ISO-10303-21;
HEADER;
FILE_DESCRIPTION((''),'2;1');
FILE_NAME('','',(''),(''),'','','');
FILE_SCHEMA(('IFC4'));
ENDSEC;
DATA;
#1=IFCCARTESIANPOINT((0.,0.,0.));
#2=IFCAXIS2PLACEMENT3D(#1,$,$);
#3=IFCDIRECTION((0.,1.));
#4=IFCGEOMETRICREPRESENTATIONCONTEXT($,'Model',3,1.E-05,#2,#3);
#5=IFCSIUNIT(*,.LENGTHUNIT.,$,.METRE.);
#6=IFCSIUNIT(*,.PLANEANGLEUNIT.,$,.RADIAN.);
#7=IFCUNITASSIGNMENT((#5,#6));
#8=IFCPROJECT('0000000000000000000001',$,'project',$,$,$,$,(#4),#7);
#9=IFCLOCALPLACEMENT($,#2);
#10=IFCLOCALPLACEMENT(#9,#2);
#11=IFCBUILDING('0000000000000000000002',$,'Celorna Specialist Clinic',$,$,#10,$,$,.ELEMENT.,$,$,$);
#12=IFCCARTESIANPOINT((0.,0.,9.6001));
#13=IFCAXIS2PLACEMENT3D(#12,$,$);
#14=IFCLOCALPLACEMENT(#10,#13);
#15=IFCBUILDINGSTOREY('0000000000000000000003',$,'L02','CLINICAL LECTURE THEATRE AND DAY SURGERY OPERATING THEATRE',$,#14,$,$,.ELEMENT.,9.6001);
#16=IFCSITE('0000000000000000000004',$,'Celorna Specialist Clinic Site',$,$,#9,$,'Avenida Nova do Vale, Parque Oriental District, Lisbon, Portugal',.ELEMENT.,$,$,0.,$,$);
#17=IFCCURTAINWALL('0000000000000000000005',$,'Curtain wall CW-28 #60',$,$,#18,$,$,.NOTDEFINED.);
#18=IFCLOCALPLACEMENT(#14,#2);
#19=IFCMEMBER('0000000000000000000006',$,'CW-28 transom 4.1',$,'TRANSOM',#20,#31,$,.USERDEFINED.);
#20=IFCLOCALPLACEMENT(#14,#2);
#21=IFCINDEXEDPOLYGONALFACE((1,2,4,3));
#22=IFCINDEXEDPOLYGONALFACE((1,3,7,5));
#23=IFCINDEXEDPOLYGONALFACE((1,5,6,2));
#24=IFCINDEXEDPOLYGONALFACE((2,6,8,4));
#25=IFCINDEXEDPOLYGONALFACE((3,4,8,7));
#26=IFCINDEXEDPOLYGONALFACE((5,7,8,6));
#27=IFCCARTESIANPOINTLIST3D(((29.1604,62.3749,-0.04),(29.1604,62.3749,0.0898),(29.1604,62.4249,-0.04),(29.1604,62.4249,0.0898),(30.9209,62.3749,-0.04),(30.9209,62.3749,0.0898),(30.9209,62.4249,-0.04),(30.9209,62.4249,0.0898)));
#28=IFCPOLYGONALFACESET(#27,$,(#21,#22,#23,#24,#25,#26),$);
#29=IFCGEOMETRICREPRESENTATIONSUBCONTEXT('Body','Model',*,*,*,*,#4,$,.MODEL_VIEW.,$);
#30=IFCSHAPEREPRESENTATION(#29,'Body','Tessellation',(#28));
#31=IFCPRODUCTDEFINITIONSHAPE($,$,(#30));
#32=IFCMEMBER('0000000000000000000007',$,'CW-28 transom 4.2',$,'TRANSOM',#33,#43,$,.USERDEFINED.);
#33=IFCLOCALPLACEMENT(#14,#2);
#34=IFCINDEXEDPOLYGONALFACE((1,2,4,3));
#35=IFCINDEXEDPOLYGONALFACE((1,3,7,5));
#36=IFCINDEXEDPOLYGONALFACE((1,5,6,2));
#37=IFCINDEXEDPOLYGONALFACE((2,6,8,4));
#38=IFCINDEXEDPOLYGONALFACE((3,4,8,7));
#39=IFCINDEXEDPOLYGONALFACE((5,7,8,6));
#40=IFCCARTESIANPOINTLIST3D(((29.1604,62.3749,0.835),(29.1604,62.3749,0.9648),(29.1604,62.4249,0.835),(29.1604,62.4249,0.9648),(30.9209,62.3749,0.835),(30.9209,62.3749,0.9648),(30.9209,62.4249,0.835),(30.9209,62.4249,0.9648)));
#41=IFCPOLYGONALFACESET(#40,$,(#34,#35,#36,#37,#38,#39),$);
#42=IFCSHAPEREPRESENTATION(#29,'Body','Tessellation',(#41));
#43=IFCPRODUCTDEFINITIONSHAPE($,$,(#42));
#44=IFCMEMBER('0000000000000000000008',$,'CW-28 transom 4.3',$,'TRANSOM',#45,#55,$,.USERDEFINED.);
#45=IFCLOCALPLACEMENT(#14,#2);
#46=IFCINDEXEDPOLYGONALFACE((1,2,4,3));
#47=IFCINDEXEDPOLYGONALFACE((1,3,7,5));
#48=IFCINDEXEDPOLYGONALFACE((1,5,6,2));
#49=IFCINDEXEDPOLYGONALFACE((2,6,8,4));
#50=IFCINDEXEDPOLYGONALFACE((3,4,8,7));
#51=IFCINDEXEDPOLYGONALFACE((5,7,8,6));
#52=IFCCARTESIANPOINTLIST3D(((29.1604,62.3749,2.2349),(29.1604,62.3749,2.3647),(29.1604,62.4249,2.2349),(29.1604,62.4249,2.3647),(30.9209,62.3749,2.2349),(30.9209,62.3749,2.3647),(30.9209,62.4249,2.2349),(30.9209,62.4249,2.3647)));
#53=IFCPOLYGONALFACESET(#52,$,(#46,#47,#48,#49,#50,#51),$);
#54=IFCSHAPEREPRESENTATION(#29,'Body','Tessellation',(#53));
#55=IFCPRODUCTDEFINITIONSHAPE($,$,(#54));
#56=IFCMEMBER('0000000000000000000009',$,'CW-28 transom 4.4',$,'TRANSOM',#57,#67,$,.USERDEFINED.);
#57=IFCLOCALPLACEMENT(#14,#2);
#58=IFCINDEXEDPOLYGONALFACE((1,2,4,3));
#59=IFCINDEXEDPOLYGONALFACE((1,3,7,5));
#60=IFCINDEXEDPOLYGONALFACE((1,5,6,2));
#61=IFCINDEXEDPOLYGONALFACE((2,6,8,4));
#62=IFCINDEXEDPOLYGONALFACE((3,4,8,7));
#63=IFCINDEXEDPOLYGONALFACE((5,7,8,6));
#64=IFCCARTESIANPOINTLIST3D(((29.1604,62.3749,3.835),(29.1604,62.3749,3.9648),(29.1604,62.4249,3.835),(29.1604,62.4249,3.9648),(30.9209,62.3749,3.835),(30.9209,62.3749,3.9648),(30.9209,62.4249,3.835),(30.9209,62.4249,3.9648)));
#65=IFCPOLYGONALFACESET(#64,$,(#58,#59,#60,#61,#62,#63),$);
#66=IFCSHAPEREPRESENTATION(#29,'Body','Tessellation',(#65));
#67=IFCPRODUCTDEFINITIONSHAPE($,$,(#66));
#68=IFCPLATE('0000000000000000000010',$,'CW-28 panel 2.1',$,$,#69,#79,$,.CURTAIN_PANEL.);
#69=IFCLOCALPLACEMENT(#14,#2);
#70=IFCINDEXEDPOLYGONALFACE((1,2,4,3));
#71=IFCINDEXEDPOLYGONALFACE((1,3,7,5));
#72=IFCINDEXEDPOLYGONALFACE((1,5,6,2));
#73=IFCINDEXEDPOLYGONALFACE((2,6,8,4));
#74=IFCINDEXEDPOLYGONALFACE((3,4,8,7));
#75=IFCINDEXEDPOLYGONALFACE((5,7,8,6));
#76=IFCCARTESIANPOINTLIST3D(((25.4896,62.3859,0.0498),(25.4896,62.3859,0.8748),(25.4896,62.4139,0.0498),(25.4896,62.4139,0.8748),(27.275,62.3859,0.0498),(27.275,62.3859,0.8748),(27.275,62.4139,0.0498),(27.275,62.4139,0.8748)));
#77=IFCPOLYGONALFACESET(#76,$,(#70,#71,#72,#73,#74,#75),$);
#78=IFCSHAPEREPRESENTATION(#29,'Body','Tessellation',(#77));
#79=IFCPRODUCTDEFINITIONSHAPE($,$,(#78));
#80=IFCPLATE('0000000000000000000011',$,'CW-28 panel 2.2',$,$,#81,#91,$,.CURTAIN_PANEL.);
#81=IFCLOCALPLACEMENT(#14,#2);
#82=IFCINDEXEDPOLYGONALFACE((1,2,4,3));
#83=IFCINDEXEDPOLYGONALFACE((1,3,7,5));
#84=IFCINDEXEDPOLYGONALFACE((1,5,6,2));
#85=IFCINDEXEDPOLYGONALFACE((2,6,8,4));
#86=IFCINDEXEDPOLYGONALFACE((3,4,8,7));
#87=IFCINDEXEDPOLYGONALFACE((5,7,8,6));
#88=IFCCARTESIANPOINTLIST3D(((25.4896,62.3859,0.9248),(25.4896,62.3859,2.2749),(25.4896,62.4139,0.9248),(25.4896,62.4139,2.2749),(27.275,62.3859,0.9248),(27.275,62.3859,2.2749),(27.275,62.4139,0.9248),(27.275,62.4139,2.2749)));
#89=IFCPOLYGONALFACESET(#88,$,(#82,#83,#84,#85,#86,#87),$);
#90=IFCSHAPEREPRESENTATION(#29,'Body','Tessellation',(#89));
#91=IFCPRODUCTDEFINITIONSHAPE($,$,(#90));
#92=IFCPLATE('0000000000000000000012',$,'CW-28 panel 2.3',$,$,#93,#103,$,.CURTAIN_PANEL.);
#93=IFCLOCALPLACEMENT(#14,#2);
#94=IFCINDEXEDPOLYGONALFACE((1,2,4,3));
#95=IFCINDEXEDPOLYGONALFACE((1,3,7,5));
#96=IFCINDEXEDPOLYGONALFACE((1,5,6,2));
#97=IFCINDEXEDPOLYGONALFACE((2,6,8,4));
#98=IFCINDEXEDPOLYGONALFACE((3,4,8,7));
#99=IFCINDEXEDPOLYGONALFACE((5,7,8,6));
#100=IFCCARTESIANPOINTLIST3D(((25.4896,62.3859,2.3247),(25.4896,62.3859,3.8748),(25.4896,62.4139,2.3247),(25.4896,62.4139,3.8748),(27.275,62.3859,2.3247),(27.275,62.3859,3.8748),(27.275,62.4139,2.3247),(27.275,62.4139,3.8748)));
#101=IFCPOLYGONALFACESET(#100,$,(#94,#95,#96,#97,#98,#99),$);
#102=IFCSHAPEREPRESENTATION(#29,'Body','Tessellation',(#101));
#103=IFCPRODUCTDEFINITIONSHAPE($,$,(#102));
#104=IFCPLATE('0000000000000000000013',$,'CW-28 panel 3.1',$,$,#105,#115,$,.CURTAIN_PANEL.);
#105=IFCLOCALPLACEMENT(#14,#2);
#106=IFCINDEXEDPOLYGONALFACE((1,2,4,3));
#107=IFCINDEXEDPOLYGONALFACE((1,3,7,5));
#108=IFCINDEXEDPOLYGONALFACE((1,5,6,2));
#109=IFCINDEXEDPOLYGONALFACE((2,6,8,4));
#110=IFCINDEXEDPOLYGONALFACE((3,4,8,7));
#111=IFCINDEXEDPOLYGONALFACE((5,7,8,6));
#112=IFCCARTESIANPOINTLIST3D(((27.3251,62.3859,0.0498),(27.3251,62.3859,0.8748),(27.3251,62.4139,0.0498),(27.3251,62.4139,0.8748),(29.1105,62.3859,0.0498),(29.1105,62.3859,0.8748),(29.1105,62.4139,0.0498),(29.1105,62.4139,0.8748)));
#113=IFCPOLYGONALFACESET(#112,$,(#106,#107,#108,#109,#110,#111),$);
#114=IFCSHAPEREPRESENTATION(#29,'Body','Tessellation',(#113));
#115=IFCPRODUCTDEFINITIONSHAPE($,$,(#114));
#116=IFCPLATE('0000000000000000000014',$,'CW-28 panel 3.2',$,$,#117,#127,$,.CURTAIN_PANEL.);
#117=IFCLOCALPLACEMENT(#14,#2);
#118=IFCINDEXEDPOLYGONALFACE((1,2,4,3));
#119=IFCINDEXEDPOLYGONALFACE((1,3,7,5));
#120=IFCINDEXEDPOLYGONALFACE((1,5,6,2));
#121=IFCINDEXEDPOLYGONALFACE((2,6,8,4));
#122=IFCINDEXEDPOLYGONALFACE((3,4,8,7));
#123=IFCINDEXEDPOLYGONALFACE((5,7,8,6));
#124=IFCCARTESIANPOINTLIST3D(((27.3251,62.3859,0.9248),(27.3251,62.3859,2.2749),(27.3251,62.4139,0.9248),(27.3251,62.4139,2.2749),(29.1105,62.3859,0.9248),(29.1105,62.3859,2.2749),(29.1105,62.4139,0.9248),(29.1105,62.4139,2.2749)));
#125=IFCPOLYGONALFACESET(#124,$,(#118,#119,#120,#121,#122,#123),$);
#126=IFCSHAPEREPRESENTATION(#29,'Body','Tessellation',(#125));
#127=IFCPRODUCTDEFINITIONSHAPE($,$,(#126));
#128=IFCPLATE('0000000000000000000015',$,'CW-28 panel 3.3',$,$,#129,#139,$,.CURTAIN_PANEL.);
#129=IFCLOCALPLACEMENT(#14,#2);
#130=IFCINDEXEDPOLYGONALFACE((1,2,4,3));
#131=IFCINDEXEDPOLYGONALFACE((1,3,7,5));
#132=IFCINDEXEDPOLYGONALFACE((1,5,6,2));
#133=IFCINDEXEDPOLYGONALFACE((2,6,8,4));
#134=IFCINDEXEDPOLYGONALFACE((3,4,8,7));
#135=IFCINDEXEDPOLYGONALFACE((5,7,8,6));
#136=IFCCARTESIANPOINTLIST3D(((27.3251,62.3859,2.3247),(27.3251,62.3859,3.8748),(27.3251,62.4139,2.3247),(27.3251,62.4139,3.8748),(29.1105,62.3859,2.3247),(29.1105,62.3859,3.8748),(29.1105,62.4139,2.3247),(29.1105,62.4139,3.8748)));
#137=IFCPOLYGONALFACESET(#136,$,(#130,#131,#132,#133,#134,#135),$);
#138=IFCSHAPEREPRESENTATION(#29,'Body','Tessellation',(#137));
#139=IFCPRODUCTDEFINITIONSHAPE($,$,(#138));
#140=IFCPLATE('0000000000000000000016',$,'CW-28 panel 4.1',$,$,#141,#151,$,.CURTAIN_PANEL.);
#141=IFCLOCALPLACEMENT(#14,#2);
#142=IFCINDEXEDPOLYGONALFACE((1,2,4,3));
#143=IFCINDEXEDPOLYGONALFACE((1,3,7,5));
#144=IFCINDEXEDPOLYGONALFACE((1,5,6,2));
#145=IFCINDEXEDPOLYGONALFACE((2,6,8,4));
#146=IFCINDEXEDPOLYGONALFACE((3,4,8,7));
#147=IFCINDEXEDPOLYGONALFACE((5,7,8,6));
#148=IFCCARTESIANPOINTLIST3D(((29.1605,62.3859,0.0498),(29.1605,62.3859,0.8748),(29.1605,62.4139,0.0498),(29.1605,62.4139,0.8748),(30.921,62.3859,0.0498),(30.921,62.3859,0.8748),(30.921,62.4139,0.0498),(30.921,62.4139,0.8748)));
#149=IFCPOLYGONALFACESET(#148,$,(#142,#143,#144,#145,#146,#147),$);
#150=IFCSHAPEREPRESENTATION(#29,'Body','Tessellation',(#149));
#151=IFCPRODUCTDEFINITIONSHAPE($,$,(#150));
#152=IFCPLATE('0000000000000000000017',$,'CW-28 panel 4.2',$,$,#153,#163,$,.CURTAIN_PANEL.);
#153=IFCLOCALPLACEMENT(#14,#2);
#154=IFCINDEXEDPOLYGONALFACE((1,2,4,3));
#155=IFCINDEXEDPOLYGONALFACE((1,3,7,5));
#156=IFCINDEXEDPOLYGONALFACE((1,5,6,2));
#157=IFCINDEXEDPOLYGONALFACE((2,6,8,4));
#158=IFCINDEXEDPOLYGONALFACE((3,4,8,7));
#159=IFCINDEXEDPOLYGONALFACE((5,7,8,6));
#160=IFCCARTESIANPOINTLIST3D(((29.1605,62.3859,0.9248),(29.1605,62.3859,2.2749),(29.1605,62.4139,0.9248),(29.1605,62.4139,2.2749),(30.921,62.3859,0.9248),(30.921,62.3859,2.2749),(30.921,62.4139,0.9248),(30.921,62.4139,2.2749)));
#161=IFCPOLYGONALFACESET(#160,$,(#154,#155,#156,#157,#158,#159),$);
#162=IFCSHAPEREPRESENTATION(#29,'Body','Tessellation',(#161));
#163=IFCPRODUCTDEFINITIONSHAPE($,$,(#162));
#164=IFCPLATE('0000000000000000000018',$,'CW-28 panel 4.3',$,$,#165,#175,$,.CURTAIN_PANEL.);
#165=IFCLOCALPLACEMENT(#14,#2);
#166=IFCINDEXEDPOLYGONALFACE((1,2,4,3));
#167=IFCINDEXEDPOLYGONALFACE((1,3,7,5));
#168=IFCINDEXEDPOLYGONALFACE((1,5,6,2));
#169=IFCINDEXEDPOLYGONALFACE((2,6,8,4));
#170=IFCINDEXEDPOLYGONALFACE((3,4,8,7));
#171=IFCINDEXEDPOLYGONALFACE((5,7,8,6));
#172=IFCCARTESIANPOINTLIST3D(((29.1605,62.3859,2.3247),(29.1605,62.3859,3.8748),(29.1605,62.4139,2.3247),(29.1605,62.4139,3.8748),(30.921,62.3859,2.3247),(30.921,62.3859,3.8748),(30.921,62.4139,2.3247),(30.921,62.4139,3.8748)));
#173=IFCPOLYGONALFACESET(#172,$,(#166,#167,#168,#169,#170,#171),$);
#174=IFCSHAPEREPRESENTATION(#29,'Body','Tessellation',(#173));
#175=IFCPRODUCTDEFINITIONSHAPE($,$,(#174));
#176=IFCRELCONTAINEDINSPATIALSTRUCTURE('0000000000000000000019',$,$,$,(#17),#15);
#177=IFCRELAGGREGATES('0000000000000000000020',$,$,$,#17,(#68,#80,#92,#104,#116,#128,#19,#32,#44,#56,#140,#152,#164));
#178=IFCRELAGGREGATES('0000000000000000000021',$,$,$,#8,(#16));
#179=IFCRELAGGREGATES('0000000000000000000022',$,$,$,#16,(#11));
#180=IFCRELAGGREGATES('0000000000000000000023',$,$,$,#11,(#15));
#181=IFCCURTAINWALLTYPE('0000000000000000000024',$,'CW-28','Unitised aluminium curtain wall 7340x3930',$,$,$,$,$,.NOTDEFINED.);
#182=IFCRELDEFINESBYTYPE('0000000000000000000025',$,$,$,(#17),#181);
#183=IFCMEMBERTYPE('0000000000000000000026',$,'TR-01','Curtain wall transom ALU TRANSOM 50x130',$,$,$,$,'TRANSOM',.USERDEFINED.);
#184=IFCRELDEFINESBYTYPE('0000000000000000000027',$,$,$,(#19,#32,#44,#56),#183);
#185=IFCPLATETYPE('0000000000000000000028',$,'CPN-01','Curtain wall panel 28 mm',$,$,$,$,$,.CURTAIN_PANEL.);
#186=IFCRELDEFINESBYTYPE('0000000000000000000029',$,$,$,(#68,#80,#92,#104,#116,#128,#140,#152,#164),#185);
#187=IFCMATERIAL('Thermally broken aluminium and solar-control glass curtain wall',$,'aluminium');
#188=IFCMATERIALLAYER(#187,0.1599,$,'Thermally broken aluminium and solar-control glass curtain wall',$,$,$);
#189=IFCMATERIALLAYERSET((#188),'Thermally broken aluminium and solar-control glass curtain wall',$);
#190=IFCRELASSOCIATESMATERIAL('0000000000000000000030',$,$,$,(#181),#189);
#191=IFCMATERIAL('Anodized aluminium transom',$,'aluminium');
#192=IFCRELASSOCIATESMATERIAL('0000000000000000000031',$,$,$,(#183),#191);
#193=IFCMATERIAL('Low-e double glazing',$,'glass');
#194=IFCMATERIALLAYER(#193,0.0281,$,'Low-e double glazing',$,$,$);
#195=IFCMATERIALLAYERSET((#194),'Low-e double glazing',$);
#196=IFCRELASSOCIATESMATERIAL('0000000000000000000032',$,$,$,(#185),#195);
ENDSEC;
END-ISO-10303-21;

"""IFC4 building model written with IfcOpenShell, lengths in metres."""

from ifc_helpers import new_model, si_unit, direction, frame, origin, origin_2d, place, context, subcontext, project, spatial, rectangle, extrude, material, layer, layer_set, material_profile, profile_set, type_object, element, aggregate, save


model = new_model("IFC4")

# Units and contexts
model_context = context("Model", 3, precision=1e-05, world=origin(), true_north=direction((0.0, 1.0)))
body_context = subcontext(model_context, "Body", "Model", "MODEL_VIEW")
ifc_project = project(units=[si_unit("LENGTHUNIT", "METRE"), si_unit("PLANEANGLEUNIT", "RADIAN")], contexts=[model_context])

# Site, building, storey
site_placement = place(None, origin())
site = spatial("IfcSite", under=ifc_project, at=site_placement, Name="Celorna Specialist Clinic Site", LongName="Avenida Nova do Vale, Parque Oriental District, Lisbon, Portugal", CompositionType="ELEMENT", RefElevation=0.0)
building_placement = place(site_placement, origin())
building = spatial("IfcBuilding", under=site, at=building_placement, Name="Celorna Specialist Clinic", CompositionType="ELEMENT")
storey_placement = place(building_placement, frame((0.0, 0.0, 9.6001)))
storey = spatial("IfcBuildingStorey", under=building, at=storey_placement, Name="L02", Description="CLINICAL LECTURE THEATRE AND DAY SURGERY OPERATING THEATRE", CompositionType="ELEMENT", Elevation=9.6001)

# Curtain wall, members, plates
ifc_material_1 = material(Name="Thermally broken aluminium and solar-control glass curtain wall", Category="aluminium")
ifc_layer_1 = layer(ifc_material_1, 0.1599, Name="Thermally broken aluminium and solar-control glass curtain wall")
ifc_layer_set_1 = layer_set([ifc_layer_1], Name="Thermally broken aluminium and solar-control glass curtain wall")
curtain_wall_type = type_object("IfcCurtainWallType", Name="CW-28", Description="Unitised aluminium curtain wall 7340x3930", PredefinedType="NOTDEFINED", material=ifc_layer_set_1)
curtain_wall_placement = place(storey_placement, origin())
curtain_wall = element("IfcCurtainWall", 1, at=curtain_wall_placement, inside=storey, type_object=curtain_wall_type, Name="Curtain wall CW-28 #60", PredefinedType="NOTDEFINED")
ifc_material_2 = material(Name="Anodized aluminium transom", Category="aluminium")
ifc_material_profile_1 = material_profile(ifc_material_2, rectangle(XDim=0.05, YDim=0.1299, at=origin_2d()), Name="ALU TRANSOM 50x130")
ifc_profile_set_1 = profile_set([ifc_material_profile_1], Name="Anodized aluminium transom")
member_type_1 = type_object("IfcMemberType", Name="TR-01", Description="Curtain wall transom ALU TRANSOM 50x130", ElementType="TRANSOM", PredefinedType="USERDEFINED", material=ifc_profile_set_1)
member_1_placement = place(storey_placement, frame((29.1604, 62.3999, 0.0249), z_axis=(1.0, 0.0, 0.0), x_axis=(0.0, 1.0, 0.0)))
member_1 = element("IfcMember", 2, at=member_1_placement, type_object=member_type_1, Name="CW-28 transom 4.1", ObjectType="TRANSOM", PredefinedType="USERDEFINED", context=body_context, shape_type="SweptSolid", body=[
    extrude(rectangle(XDim=0.05, YDim=0.1299, at=origin_2d()), origin(), (0.0, 0.0, 1.0), 1.7605),
])
member_2_placement = place(storey_placement, frame((29.1604, 62.3999, 0.8999), z_axis=(1.0, 0.0, 0.0), x_axis=(0.0, 1.0, 0.0)))
member_2 = element("IfcMember", 3, at=member_2_placement, type_object=member_type_1, Name="CW-28 transom 4.2", ObjectType="TRANSOM", PredefinedType="USERDEFINED", context=body_context, shape_type="SweptSolid", body=[
    extrude(rectangle(XDim=0.05, YDim=0.1299, at=origin_2d()), origin(), (0.0, 0.0, 1.0), 1.7605),
])
member_3_placement = place(storey_placement, frame((29.1604, 62.3999, 2.2998), z_axis=(1.0, 0.0, 0.0), x_axis=(0.0, 1.0, 0.0)))
member_3 = element("IfcMember", 4, at=member_3_placement, type_object=member_type_1, Name="CW-28 transom 4.3", ObjectType="TRANSOM", PredefinedType="USERDEFINED", context=body_context, shape_type="SweptSolid", body=[
    extrude(rectangle(XDim=0.05, YDim=0.1299, at=origin_2d()), origin(), (0.0, 0.0, 1.0), 1.7605),
])
member_4_placement = place(storey_placement, frame((29.1604, 62.3999, 3.8999), z_axis=(1.0, 0.0, 0.0), x_axis=(0.0, 1.0, 0.0)))
member_4 = element("IfcMember", 5, at=member_4_placement, type_object=member_type_1, Name="CW-28 transom 4.4", ObjectType="TRANSOM", PredefinedType="USERDEFINED", context=body_context, shape_type="SweptSolid", body=[
    extrude(rectangle(XDim=0.05, YDim=0.1299, at=origin_2d()), origin(), (0.0, 0.0, 1.0), 1.7605),
])
ifc_material_3 = material(Name="Low-e double glazing", Category="glass")
ifc_layer_2 = layer(ifc_material_3, 0.0281, Name="Low-e double glazing")
ifc_layer_set_2 = layer_set([ifc_layer_2], Name="Low-e double glazing")
plate_type = type_object("IfcPlateType", Name="CPN-01", Description="Curtain wall panel 28 mm", PredefinedType="CURTAIN_PANEL", material=ifc_layer_set_2)
plate_1_placement = place(storey_placement, frame((26.3823, 62.3999, 0.0498), z_axis=(0.0, 0.0, 1.0), x_axis=(1.0, 0.0, 0.0)))
plate_1 = element("IfcPlate", 6, at=plate_1_placement, type_object=plate_type, Name="CW-28 panel 2.1", PredefinedType="CURTAIN_PANEL", context=body_context, shape_type="SweptSolid", body=[
    extrude(rectangle(XDim=1.7854, YDim=0.0281, at=origin_2d()), origin(), (0.0, 0.0, 1.0), 0.825),
])
plate_2_placement = place(storey_placement, frame((26.3823, 62.3999, 0.9248), z_axis=(0.0, 0.0, 1.0), x_axis=(1.0, 0.0, 0.0)))
plate_2 = element("IfcPlate", 7, at=plate_2_placement, type_object=plate_type, Name="CW-28 panel 2.2", PredefinedType="CURTAIN_PANEL", context=body_context, shape_type="SweptSolid", body=[
    extrude(rectangle(XDim=1.7854, YDim=0.0281, at=origin_2d()), origin(), (0.0, 0.0, 1.0), 1.3501),
])
plate_3_placement = place(storey_placement, frame((26.3823, 62.3999, 2.3247), z_axis=(0.0, 0.0, 1.0), x_axis=(1.0, 0.0, 0.0)))
plate_3 = element("IfcPlate", 8, at=plate_3_placement, type_object=plate_type, Name="CW-28 panel 2.3", PredefinedType="CURTAIN_PANEL", context=body_context, shape_type="SweptSolid", body=[
    extrude(rectangle(XDim=1.7854, YDim=0.0281, at=origin_2d()), origin(), (0.0, 0.0, 1.0), 1.55),
])
plate_4_placement = place(storey_placement, frame((28.2178, 62.3999, 0.0498), z_axis=(0.0, 0.0, 1.0), x_axis=(1.0, 0.0, 0.0)))
plate_4 = element("IfcPlate", 9, at=plate_4_placement, type_object=plate_type, Name="CW-28 panel 3.1", PredefinedType="CURTAIN_PANEL", context=body_context, shape_type="SweptSolid", body=[
    extrude(rectangle(XDim=1.7854, YDim=0.0281, at=origin_2d()), origin(), (0.0, 0.0, 1.0), 0.825),
])
plate_5_placement = place(storey_placement, frame((28.2178, 62.3999, 0.9248), z_axis=(0.0, 0.0, 1.0), x_axis=(1.0, 0.0, 0.0)))
plate_5 = element("IfcPlate", 10, at=plate_5_placement, type_object=plate_type, Name="CW-28 panel 3.2", PredefinedType="CURTAIN_PANEL", context=body_context, shape_type="SweptSolid", body=[
    extrude(rectangle(XDim=1.7854, YDim=0.0281, at=origin_2d()), origin(), (0.0, 0.0, 1.0), 1.3501),
])
plate_6_placement = place(storey_placement, frame((28.2178, 62.3999, 2.3247), z_axis=(0.0, 0.0, 1.0), x_axis=(1.0, 0.0, 0.0)))
plate_6 = element("IfcPlate", 11, at=plate_6_placement, type_object=plate_type, Name="CW-28 panel 3.3", PredefinedType="CURTAIN_PANEL", context=body_context, shape_type="SweptSolid", body=[
    extrude(rectangle(XDim=1.7854, YDim=0.0281, at=origin_2d()), origin(), (0.0, 0.0, 1.0), 1.55),
])
plate_7_placement = place(storey_placement, frame((30.0408, 62.3999, 0.0498), z_axis=(0.0, 0.0, 1.0), x_axis=(1.0, 0.0, 0.0)))
plate_7 = element("IfcPlate", 12, at=plate_7_placement, type_object=plate_type, Name="CW-28 panel 4.1", PredefinedType="CURTAIN_PANEL", context=body_context, shape_type="SweptSolid", body=[
    extrude(rectangle(XDim=1.7605, YDim=0.0281, at=origin_2d()), origin(), (0.0, 0.0, 1.0), 0.825),
])
plate_8_placement = place(storey_placement, frame((30.0408, 62.3999, 0.9248), z_axis=(0.0, 0.0, 1.0), x_axis=(1.0, 0.0, 0.0)))
plate_8 = element("IfcPlate", 13, at=plate_8_placement, type_object=plate_type, Name="CW-28 panel 4.2", PredefinedType="CURTAIN_PANEL", context=body_context, shape_type="SweptSolid", body=[
    extrude(rectangle(XDim=1.7605, YDim=0.0281, at=origin_2d()), origin(), (0.0, 0.0, 1.0), 1.3501),
])
plate_9_placement = place(storey_placement, frame((30.0408, 62.3999, 2.3247), z_axis=(0.0, 0.0, 1.0), x_axis=(1.0, 0.0, 0.0)))
plate_9 = element("IfcPlate", 14, at=plate_9_placement, type_object=plate_type, Name="CW-28 panel 4.3", PredefinedType="CURTAIN_PANEL", context=body_context, shape_type="SweptSolid", body=[
    extrude(rectangle(XDim=1.7605, YDim=0.0281, at=origin_2d()), origin(), (0.0, 0.0, 1.0), 1.55),
])
aggregate(curtain_wall, [plate_1, plate_2, plate_3, plate_4, plate_5, plate_6, member_1, member_2, member_3, member_4, plate_7, plate_8, plate_9])

save(model, "model.ifc")
